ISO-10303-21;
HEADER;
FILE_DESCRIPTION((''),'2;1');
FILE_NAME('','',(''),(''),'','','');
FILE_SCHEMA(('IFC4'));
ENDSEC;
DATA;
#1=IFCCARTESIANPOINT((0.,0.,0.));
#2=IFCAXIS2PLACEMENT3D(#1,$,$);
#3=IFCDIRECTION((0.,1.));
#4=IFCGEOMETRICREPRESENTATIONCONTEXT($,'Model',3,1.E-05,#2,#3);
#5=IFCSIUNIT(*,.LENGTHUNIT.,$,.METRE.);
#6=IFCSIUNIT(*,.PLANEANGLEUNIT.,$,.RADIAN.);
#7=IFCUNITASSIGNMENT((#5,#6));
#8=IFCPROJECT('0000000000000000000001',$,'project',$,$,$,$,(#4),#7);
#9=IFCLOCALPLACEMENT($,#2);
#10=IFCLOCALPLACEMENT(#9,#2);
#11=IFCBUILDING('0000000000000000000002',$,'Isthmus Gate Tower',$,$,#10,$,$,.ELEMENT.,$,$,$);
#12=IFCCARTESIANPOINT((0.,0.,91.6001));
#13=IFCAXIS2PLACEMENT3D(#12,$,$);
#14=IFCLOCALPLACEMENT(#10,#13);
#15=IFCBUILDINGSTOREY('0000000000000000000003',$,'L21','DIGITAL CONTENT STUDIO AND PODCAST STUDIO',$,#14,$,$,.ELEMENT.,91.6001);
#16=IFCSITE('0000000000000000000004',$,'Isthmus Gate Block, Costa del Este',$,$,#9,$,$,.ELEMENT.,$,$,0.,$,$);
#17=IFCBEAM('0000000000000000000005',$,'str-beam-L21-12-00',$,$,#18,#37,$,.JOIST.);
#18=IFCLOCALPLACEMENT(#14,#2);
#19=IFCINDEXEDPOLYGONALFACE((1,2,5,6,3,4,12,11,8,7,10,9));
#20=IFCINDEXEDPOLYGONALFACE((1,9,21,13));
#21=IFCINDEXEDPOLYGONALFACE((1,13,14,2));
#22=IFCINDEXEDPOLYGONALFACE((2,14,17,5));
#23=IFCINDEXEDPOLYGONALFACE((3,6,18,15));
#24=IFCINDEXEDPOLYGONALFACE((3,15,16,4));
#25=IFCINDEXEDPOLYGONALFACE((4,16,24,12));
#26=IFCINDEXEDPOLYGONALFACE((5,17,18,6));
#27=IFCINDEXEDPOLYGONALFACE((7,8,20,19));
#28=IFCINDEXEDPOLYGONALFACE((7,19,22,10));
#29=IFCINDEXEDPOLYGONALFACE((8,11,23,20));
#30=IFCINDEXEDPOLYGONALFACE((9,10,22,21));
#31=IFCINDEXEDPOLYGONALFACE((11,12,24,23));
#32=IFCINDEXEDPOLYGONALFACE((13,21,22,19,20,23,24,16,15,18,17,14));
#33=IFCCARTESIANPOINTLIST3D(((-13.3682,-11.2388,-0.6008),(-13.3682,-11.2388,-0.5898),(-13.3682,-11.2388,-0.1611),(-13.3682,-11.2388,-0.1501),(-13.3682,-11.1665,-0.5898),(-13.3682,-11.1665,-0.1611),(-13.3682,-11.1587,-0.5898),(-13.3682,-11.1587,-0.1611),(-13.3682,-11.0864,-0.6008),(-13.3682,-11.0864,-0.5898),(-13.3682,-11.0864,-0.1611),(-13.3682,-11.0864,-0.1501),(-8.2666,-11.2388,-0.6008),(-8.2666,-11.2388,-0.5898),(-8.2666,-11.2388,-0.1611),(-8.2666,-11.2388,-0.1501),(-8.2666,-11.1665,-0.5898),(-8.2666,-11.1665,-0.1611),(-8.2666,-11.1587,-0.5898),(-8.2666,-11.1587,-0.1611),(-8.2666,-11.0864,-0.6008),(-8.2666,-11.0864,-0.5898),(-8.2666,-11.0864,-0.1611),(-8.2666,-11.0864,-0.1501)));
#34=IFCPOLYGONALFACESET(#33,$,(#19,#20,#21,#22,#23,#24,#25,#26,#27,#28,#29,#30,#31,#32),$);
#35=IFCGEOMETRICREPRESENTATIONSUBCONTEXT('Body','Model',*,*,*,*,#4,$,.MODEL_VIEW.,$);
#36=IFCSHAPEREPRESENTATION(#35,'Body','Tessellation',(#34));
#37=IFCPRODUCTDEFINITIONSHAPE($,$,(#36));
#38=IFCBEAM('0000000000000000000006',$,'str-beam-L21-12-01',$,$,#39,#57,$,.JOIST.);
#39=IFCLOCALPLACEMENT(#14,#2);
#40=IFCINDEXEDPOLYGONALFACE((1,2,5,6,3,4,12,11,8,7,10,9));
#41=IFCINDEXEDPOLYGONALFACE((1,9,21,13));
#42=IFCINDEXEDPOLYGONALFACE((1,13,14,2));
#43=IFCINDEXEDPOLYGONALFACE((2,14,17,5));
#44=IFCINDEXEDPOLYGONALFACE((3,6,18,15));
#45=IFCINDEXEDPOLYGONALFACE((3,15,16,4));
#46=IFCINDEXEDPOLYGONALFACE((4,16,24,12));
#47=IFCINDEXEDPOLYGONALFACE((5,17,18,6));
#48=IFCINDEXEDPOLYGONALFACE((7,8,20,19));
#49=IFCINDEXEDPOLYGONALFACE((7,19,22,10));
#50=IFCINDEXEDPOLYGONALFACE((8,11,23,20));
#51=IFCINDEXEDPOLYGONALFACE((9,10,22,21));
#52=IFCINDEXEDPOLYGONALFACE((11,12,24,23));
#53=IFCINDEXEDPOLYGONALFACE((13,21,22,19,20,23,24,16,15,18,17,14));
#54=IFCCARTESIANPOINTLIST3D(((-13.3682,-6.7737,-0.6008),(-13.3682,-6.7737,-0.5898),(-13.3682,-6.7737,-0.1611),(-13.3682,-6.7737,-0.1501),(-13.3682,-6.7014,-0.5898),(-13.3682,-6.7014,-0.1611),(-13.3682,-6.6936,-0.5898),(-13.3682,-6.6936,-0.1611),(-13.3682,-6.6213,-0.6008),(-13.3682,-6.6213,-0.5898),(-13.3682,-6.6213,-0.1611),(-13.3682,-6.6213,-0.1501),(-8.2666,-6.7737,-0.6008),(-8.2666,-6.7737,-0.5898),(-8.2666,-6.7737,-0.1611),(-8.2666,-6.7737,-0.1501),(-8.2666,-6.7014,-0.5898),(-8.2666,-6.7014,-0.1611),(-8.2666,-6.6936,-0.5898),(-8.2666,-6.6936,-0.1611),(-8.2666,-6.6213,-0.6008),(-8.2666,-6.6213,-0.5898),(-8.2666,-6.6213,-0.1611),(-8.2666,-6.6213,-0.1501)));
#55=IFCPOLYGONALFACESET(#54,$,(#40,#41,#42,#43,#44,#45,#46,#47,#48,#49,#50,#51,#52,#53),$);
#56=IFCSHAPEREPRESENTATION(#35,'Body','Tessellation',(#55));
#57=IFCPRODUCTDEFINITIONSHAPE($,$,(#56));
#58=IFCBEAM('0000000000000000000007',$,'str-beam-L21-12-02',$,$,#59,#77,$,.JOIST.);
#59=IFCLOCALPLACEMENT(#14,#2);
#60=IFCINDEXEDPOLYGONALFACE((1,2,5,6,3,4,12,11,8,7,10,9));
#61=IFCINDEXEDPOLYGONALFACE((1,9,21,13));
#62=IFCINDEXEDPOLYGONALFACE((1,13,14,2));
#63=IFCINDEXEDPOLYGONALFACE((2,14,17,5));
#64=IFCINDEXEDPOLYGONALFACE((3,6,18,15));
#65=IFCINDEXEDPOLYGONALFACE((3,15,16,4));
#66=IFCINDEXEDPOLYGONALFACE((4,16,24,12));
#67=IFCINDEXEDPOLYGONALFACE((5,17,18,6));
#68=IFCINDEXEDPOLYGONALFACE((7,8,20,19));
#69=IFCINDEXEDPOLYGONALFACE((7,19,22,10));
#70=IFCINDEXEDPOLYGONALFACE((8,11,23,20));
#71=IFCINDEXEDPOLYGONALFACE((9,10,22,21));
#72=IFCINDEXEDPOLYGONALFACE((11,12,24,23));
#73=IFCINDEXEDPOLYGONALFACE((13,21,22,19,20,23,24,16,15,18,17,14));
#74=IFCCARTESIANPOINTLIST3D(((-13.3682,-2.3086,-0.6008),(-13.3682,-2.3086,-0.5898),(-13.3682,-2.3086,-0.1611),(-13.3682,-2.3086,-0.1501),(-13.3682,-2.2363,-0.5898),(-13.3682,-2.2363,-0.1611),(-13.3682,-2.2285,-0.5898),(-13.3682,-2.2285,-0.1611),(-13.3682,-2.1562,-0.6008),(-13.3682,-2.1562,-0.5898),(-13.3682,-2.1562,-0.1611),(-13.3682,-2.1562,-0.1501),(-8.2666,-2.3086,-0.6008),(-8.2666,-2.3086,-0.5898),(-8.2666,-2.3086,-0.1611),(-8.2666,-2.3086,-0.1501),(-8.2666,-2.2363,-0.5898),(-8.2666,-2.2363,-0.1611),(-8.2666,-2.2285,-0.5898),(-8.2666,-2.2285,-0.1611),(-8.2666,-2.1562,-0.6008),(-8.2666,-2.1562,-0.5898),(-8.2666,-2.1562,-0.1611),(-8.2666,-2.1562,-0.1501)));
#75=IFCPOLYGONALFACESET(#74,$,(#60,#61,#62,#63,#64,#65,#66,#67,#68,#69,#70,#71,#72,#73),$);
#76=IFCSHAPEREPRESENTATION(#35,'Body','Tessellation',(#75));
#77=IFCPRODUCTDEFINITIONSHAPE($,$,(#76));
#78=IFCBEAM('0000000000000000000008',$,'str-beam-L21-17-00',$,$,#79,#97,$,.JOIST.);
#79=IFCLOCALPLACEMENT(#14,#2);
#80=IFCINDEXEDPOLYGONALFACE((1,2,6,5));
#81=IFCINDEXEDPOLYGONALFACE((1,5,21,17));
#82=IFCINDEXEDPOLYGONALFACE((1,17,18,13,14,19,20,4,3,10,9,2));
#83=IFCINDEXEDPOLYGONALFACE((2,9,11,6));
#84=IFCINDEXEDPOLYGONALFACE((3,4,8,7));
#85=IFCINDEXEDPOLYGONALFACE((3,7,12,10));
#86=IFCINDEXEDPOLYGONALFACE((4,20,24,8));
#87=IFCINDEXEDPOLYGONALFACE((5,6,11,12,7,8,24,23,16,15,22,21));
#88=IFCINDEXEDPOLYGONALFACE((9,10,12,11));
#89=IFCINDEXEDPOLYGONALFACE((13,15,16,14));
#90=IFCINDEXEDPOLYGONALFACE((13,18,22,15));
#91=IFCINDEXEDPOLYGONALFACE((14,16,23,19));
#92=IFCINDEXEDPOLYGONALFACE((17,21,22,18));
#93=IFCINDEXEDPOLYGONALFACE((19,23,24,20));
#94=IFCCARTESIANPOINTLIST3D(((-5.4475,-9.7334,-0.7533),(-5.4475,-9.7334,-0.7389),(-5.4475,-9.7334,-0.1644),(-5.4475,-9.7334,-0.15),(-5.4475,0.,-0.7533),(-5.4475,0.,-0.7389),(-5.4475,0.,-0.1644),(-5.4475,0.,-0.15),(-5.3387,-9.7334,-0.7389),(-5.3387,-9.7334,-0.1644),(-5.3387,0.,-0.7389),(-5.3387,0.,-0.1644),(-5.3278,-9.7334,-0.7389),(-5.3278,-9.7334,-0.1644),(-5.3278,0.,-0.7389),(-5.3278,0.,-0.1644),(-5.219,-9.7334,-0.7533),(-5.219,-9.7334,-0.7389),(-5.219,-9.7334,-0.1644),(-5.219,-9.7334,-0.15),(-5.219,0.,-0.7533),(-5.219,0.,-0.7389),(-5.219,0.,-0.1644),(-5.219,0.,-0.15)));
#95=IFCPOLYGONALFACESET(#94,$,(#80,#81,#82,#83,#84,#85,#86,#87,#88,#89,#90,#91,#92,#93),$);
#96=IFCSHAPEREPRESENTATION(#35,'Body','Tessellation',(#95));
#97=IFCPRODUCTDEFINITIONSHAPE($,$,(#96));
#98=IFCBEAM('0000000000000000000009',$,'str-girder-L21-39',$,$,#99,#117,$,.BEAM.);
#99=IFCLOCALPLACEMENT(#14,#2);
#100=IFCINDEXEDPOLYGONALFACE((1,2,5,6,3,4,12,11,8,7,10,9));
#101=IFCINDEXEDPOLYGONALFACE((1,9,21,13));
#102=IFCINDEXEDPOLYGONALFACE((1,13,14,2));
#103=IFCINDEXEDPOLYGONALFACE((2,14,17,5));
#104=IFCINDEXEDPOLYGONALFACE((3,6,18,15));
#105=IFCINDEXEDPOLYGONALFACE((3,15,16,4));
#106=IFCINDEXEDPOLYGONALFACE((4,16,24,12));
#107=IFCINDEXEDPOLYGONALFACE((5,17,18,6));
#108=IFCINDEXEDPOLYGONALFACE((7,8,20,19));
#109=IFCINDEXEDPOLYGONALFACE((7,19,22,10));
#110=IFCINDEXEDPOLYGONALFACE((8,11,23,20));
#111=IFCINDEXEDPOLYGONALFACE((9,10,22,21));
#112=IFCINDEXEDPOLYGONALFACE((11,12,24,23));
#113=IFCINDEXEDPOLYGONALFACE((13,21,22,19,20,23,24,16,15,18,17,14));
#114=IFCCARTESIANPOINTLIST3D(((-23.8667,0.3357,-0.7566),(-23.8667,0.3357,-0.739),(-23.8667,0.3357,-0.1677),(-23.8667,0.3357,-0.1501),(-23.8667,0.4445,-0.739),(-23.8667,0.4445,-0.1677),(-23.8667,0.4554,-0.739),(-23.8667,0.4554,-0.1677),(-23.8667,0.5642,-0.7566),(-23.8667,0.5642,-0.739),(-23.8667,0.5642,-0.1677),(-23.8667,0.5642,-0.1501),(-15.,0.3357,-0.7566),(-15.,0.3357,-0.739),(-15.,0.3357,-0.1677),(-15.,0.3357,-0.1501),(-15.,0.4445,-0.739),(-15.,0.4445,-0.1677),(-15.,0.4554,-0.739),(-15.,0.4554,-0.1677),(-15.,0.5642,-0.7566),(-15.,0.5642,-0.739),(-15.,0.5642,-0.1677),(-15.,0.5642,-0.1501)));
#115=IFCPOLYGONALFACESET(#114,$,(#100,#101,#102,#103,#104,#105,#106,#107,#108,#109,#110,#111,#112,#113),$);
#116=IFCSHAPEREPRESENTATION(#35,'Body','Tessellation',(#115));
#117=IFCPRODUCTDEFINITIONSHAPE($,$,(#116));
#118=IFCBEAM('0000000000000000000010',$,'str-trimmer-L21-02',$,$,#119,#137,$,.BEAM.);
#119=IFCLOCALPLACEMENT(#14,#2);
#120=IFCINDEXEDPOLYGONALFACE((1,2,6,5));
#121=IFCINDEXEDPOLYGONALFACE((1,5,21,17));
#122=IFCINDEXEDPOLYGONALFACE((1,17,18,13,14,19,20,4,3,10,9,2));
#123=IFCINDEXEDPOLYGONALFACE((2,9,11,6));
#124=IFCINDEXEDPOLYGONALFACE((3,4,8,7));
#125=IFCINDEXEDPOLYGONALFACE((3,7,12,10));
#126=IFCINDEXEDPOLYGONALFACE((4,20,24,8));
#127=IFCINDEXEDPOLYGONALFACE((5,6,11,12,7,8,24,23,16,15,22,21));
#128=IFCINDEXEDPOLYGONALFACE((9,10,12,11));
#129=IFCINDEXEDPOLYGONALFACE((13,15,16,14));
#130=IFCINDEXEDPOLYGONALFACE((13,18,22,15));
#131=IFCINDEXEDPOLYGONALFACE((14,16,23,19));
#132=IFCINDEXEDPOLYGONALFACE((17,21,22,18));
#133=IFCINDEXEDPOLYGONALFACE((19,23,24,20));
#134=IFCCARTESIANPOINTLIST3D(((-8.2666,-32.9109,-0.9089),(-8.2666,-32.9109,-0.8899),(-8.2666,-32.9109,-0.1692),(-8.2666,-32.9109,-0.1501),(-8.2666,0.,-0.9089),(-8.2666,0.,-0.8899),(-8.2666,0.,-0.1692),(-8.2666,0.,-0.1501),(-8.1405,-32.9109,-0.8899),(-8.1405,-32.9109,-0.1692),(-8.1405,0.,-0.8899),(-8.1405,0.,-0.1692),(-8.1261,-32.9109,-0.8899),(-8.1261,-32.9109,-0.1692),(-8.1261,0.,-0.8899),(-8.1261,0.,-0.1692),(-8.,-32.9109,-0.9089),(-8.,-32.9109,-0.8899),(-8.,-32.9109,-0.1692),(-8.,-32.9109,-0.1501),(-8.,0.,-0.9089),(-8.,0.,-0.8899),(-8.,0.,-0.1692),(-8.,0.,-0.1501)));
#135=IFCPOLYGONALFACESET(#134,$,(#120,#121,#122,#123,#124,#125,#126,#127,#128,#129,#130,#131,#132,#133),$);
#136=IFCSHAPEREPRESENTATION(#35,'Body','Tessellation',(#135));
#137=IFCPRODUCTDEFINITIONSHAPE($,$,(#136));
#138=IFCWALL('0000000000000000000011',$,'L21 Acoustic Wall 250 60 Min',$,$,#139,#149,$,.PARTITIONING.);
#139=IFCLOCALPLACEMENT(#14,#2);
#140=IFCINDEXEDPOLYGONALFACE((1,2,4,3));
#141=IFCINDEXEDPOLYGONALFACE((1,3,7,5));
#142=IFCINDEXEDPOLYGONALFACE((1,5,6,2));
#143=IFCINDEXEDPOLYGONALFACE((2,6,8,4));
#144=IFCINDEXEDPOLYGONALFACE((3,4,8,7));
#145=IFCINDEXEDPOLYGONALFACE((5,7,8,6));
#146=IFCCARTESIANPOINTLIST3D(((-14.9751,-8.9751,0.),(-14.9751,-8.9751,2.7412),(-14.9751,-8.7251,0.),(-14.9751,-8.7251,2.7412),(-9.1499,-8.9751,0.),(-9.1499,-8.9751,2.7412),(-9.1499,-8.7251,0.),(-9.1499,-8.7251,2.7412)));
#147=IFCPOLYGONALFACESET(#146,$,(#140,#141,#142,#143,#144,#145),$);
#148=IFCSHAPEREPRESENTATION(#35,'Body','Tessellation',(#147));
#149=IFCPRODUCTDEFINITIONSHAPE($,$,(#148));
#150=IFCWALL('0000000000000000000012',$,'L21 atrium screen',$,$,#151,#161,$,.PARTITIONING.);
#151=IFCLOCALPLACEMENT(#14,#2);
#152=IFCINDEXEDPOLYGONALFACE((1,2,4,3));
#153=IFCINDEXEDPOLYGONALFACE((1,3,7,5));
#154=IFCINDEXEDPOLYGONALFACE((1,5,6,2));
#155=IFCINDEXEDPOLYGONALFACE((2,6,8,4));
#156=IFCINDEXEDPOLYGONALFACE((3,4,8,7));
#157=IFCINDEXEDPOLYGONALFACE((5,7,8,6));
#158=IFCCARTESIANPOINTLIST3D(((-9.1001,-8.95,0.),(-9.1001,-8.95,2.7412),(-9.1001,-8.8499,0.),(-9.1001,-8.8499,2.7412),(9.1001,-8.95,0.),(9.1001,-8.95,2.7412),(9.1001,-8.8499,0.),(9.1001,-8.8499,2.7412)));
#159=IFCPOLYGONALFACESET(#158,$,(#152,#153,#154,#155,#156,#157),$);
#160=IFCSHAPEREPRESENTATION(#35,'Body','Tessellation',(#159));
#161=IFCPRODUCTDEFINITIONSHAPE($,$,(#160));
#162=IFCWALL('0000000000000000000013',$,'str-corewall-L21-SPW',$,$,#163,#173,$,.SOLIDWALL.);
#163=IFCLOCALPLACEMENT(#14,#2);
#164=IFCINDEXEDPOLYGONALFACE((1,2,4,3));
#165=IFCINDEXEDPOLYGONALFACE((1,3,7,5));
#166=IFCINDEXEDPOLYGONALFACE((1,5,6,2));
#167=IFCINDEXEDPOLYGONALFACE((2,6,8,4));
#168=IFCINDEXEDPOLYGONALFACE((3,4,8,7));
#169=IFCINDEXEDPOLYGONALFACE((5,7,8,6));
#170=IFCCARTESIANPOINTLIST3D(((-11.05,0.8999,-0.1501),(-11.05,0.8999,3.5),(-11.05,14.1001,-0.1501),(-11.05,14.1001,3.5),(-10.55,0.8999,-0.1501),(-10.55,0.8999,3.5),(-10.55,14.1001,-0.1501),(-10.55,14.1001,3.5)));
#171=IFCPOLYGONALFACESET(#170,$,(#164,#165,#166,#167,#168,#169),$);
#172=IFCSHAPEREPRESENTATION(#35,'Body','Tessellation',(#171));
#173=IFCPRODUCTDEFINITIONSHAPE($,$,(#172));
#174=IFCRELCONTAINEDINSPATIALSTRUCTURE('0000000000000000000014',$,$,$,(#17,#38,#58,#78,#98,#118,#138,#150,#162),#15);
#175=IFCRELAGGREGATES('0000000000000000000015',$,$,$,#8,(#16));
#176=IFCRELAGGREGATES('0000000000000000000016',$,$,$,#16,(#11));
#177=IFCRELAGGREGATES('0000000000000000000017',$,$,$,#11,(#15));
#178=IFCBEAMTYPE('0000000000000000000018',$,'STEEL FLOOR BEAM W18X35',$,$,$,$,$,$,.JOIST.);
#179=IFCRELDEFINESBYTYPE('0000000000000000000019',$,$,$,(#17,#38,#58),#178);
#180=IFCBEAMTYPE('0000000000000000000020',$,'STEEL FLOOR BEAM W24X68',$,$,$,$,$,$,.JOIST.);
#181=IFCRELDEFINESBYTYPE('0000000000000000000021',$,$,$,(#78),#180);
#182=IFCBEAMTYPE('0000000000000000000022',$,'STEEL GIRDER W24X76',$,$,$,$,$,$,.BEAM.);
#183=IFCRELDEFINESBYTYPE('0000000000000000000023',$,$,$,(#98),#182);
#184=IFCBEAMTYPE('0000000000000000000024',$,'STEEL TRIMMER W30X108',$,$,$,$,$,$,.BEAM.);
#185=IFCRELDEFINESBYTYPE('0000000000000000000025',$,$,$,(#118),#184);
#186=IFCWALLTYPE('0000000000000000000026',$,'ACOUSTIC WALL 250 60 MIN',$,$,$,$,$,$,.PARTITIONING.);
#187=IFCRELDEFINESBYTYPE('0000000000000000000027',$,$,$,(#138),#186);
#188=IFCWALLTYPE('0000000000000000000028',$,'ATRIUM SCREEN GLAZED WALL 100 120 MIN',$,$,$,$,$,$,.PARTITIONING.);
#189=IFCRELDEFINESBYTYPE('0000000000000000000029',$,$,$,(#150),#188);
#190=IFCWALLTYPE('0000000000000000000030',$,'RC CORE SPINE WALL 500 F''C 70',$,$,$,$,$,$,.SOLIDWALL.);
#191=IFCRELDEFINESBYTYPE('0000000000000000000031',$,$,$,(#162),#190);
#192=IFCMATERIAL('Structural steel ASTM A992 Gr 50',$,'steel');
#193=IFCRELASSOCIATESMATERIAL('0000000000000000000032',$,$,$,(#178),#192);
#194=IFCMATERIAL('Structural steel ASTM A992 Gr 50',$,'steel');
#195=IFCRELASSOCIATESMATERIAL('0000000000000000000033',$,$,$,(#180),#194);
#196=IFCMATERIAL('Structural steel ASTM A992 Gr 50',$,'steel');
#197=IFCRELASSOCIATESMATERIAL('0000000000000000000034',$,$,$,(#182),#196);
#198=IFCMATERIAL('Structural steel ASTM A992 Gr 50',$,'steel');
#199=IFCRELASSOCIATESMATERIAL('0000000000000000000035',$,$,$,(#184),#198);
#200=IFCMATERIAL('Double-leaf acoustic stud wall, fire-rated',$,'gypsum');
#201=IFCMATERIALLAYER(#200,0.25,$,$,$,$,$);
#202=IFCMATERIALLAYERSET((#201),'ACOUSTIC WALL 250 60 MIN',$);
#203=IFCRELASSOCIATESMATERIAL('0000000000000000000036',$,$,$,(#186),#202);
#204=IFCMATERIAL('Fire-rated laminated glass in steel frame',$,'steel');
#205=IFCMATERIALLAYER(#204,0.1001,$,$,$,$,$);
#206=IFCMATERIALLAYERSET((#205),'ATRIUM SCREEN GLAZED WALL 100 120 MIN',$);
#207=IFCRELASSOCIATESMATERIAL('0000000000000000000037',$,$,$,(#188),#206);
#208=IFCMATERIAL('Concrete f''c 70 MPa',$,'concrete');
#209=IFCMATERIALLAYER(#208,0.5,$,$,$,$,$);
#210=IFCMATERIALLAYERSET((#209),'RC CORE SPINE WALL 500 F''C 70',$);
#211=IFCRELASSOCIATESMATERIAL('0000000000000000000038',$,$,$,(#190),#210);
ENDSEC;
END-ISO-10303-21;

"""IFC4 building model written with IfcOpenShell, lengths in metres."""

from ifc_helpers import new_model, si_unit, direction, frame, frame_2d, origin, origin_2d, place, context, subcontext, project, spatial, rectangle, i_section, extrude, material, layer, layer_set, material_profile, profile_set, type_object, element, save


model = new_model("IFC4")

# Units and contexts
model_context = context("Model", 3, precision=1e-05, world=origin(), true_north=direction((0.0, 1.0)))
body_context = subcontext(model_context, "Body", "Model", "MODEL_VIEW")
ifc_project = project(units=[si_unit("LENGTHUNIT", "METRE"), si_unit("PLANEANGLEUNIT", "RADIAN")], contexts=[model_context])

# Site, building, storey
site_placement = place(None, origin())
site = spatial("IfcSite", under=ifc_project, at=site_placement, Name="Isthmus Gate Block, Costa del Este", CompositionType="ELEMENT", RefElevation=0.0)
building_placement = place(site_placement, origin())
building = spatial("IfcBuilding", under=site, at=building_placement, Name="Isthmus Gate Tower", CompositionType="ELEMENT")
storey_placement = place(building_placement, frame((0.0, 0.0, 91.6001)))
storey = spatial("IfcBuildingStorey", under=building, at=storey_placement, Name="L21", Description="DIGITAL CONTENT STUDIO AND PODCAST STUDIO", CompositionType="ELEMENT", Elevation=91.6001)

# Beams
ifc_material_1 = material(Name="Structural steel ASTM A992 Gr 50", Category="steel")
ifc_material_profile_1 = material_profile(ifc_material_1, i_section(OverallWidth=0.1523, OverallDepth=0.4507, WebThickness=0.0078, FlangeThickness=0.011, at=origin_2d()), Name="W18X35")
ifc_profile_set_1 = profile_set([ifc_material_profile_1], Name="Structural steel ASTM A992 Gr 50")
beam_type_1 = type_object("IfcBeamType", Name="STEEL FLOOR BEAM W18X35", PredefinedType="JOIST", material=ifc_profile_set_1)
for number, where, z_axis, x_axis, name in (
    (1, (-13.3682, -11.1626, -0.3755), (1.0, 0.0, 0.0), (0.0, 1.0, 0.0), "str-beam-L21-12-00"),
    (2, (-13.3682, -6.6975, -0.3755), (1.0, 0.0, 0.0), (0.0, 1.0, 0.0), "str-beam-L21-12-01"),
    (3, (-13.3682, -2.2324, -0.3755), (1.0, 0.0, 0.0), (0.0, 1.0, 0.0), "str-beam-L21-12-02"),
):
    element("IfcBeam", number, at=place(storey_placement, frame(where, z_axis=z_axis, x_axis=x_axis)), inside=storey, type_object=beam_type_1, Name=name, PredefinedType="JOIST", context=body_context, shape_type="SweptSolid", body=[
        extrude(i_section(OverallWidth=0.1523, OverallDepth=0.4507, WebThickness=0.0078, FlangeThickness=0.011, at=origin_2d()), origin(), (0.0, 0.0, 1.0), 5.1016),
    ])
ifc_material_2 = material(Name="Structural steel ASTM A992 Gr 50", Category="steel")
ifc_material_profile_2 = material_profile(ifc_material_2, i_section(OverallWidth=0.2285, OverallDepth=0.6033, WebThickness=0.011, FlangeThickness=0.0144, at=origin_2d()), Name="W24X68")
ifc_profile_set_2 = profile_set([ifc_material_profile_2], Name="Structural steel ASTM A992 Gr 50")
beam_type_2 = type_object("IfcBeamType", Name="STEEL FLOOR BEAM W24X68", PredefinedType="JOIST", material=ifc_profile_set_2)
beam_1_placement = place(storey_placement, frame((-5.3333, -9.7334, -0.4517), z_axis=(0.0, 1.0, 0.0), x_axis=(-1.0, 0.0, 0.0)))
element("IfcBeam", 4, at=beam_1_placement, inside=storey, type_object=beam_type_2, Name="str-beam-L21-17-00", PredefinedType="JOIST", context=body_context, shape_type="SweptSolid", body=[
    extrude(i_section(OverallWidth=0.2285, OverallDepth=0.6033, WebThickness=0.011, FlangeThickness=0.0144, at=origin_2d()), origin(), (0.0, 0.0, 1.0), 9.7334),
])
ifc_material_3 = material(Name="Structural steel ASTM A992 Gr 50", Category="steel")
ifc_material_profile_3 = material_profile(ifc_material_3, i_section(OverallWidth=0.2285, OverallDepth=0.6064, WebThickness=0.011, FlangeThickness=0.0176, at=origin_2d()), Name="W24X76")
ifc_profile_set_3 = profile_set([ifc_material_profile_3], Name="Structural steel ASTM A992 Gr 50")
beam_type_3 = type_object("IfcBeamType", Name="STEEL GIRDER W24X76", PredefinedType="BEAM", material=ifc_profile_set_3)
beam_2_placement = place(storey_placement, frame((-15.0, 0.45, -0.4534), z_axis=(-1.0, 0.0, 0.0), x_axis=(0.0, -1.0, 0.0)))
element("IfcBeam", 5, at=beam_2_placement, inside=storey, type_object=beam_type_3, Name="str-girder-L21-39", PredefinedType="BEAM", context=body_context, shape_type="SweptSolid", body=[
    extrude(i_section(OverallWidth=0.2285, OverallDepth=0.6064, WebThickness=0.011, FlangeThickness=0.0176, at=origin_2d()), origin(), (0.0, 0.0, 1.0), 8.8667),
])
ifc_material_4 = material(Name="Structural steel ASTM A992 Gr 50", Category="steel")
ifc_material_profile_4 = material_profile(ifc_material_4, i_section(OverallWidth=0.2666, OverallDepth=0.7588, WebThickness=0.0144, FlangeThickness=0.019, at=origin_2d()), Name="W30X108")
ifc_profile_set_4 = profile_set([ifc_material_profile_4], Name="Structural steel ASTM A992 Gr 50")
beam_type_4 = type_object("IfcBeamType", Name="STEEL TRIMMER W30X108", PredefinedType="BEAM", material=ifc_profile_set_4)
beam_3_placement = place(storey_placement, frame((-8.1333, 0.0, -0.5295), z_axis=(0.0, -1.0, 0.0), x_axis=(1.0, 0.0, 0.0)))
element("IfcBeam", 6, at=beam_3_placement, inside=storey, type_object=beam_type_4, Name="str-trimmer-L21-02", PredefinedType="BEAM", context=body_context, shape_type="SweptSolid", body=[
    extrude(i_section(OverallWidth=0.2666, OverallDepth=0.7588, WebThickness=0.0144, FlangeThickness=0.019, at=origin_2d()), origin(), (0.0, 0.0, 1.0), 32.9109),
])

# Walls
ifc_material_5 = material(Name="Double-leaf acoustic stud wall, fire-rated", Category="gypsum")
ifc_layer_1 = layer(ifc_material_5, 0.25)
ifc_layer_set_1 = layer_set([ifc_layer_1], Name="ACOUSTIC WALL 250 60 MIN")
wall_type_1 = type_object("IfcWallType", Name="ACOUSTIC WALL 250 60 MIN", PredefinedType="PARTITIONING", material=ifc_layer_set_1)
wall_1_placement = place(storey_placement, frame((-9.1499, -8.8501, 0.0), z_axis=(0.0, 0.0, 1.0), x_axis=(-1.0, 0.0, 0.0)))
element("IfcWall", 7, at=wall_1_placement, inside=storey, type_object=wall_type_1, Name="L21 Acoustic Wall 250 60 Min", PredefinedType="PARTITIONING", context=body_context, shape_type="SweptSolid", body=[
    extrude(rectangle(XDim=5.8252, YDim=0.25, at=frame_2d((2.9126, 0.0))), origin(), (0.0, 0.0, 1.0), 2.7412),
])
ifc_material_6 = material(Name="Fire-rated laminated glass in steel frame", Category="steel")
ifc_layer_2 = layer(ifc_material_6, 0.1001)
ifc_layer_set_2 = layer_set([ifc_layer_2], Name="ATRIUM SCREEN GLAZED WALL 100 120 MIN")
wall_type_2 = type_object("IfcWallType", Name="ATRIUM SCREEN GLAZED WALL 100 120 MIN", PredefinedType="PARTITIONING", material=ifc_layer_set_2)
wall_2_placement = place(storey_placement, frame((-9.1001, -8.8999, 0.0), z_axis=(0.0, 0.0, 1.0), x_axis=(1.0, 0.0, 0.0)))
element("IfcWall", 8, at=wall_2_placement, inside=storey, type_object=wall_type_2, Name="L21 atrium screen", PredefinedType="PARTITIONING", context=body_context, shape_type="SweptSolid", body=[
    extrude(rectangle(XDim=18.2002, YDim=0.1001, at=frame_2d((9.1001, 0.0))), origin(), (0.0, 0.0, 1.0), 2.7412),
])
ifc_material_7 = material(Name="Concrete f'c 70 MPa", Category="concrete")
ifc_layer_3 = layer(ifc_material_7, 0.5)
ifc_layer_set_3 = layer_set([ifc_layer_3], Name="RC CORE SPINE WALL 500 F'C 70")
wall_type_3 = type_object("IfcWallType", Name="RC CORE SPINE WALL 500 F'C 70", PredefinedType="SOLIDWALL", material=ifc_layer_set_3)
wall_3_placement = place(storey_placement, frame((-10.8, 0.8999, -0.1501), z_axis=(0.0, 0.0, 1.0), x_axis=(0.0, 1.0, 0.0)))
element("IfcWall", 9, at=wall_3_placement, inside=storey, type_object=wall_type_3, Name="str-corewall-L21-SPW", PredefinedType="SOLIDWALL", context=body_context, shape_type="SweptSolid", body=[
    extrude(rectangle(XDim=13.2002, YDim=0.5, at=frame_2d((6.6001, 0.0))), origin(), (0.0, 0.0, 1.0), 3.6501),
])

save(model, "model.ifc")
